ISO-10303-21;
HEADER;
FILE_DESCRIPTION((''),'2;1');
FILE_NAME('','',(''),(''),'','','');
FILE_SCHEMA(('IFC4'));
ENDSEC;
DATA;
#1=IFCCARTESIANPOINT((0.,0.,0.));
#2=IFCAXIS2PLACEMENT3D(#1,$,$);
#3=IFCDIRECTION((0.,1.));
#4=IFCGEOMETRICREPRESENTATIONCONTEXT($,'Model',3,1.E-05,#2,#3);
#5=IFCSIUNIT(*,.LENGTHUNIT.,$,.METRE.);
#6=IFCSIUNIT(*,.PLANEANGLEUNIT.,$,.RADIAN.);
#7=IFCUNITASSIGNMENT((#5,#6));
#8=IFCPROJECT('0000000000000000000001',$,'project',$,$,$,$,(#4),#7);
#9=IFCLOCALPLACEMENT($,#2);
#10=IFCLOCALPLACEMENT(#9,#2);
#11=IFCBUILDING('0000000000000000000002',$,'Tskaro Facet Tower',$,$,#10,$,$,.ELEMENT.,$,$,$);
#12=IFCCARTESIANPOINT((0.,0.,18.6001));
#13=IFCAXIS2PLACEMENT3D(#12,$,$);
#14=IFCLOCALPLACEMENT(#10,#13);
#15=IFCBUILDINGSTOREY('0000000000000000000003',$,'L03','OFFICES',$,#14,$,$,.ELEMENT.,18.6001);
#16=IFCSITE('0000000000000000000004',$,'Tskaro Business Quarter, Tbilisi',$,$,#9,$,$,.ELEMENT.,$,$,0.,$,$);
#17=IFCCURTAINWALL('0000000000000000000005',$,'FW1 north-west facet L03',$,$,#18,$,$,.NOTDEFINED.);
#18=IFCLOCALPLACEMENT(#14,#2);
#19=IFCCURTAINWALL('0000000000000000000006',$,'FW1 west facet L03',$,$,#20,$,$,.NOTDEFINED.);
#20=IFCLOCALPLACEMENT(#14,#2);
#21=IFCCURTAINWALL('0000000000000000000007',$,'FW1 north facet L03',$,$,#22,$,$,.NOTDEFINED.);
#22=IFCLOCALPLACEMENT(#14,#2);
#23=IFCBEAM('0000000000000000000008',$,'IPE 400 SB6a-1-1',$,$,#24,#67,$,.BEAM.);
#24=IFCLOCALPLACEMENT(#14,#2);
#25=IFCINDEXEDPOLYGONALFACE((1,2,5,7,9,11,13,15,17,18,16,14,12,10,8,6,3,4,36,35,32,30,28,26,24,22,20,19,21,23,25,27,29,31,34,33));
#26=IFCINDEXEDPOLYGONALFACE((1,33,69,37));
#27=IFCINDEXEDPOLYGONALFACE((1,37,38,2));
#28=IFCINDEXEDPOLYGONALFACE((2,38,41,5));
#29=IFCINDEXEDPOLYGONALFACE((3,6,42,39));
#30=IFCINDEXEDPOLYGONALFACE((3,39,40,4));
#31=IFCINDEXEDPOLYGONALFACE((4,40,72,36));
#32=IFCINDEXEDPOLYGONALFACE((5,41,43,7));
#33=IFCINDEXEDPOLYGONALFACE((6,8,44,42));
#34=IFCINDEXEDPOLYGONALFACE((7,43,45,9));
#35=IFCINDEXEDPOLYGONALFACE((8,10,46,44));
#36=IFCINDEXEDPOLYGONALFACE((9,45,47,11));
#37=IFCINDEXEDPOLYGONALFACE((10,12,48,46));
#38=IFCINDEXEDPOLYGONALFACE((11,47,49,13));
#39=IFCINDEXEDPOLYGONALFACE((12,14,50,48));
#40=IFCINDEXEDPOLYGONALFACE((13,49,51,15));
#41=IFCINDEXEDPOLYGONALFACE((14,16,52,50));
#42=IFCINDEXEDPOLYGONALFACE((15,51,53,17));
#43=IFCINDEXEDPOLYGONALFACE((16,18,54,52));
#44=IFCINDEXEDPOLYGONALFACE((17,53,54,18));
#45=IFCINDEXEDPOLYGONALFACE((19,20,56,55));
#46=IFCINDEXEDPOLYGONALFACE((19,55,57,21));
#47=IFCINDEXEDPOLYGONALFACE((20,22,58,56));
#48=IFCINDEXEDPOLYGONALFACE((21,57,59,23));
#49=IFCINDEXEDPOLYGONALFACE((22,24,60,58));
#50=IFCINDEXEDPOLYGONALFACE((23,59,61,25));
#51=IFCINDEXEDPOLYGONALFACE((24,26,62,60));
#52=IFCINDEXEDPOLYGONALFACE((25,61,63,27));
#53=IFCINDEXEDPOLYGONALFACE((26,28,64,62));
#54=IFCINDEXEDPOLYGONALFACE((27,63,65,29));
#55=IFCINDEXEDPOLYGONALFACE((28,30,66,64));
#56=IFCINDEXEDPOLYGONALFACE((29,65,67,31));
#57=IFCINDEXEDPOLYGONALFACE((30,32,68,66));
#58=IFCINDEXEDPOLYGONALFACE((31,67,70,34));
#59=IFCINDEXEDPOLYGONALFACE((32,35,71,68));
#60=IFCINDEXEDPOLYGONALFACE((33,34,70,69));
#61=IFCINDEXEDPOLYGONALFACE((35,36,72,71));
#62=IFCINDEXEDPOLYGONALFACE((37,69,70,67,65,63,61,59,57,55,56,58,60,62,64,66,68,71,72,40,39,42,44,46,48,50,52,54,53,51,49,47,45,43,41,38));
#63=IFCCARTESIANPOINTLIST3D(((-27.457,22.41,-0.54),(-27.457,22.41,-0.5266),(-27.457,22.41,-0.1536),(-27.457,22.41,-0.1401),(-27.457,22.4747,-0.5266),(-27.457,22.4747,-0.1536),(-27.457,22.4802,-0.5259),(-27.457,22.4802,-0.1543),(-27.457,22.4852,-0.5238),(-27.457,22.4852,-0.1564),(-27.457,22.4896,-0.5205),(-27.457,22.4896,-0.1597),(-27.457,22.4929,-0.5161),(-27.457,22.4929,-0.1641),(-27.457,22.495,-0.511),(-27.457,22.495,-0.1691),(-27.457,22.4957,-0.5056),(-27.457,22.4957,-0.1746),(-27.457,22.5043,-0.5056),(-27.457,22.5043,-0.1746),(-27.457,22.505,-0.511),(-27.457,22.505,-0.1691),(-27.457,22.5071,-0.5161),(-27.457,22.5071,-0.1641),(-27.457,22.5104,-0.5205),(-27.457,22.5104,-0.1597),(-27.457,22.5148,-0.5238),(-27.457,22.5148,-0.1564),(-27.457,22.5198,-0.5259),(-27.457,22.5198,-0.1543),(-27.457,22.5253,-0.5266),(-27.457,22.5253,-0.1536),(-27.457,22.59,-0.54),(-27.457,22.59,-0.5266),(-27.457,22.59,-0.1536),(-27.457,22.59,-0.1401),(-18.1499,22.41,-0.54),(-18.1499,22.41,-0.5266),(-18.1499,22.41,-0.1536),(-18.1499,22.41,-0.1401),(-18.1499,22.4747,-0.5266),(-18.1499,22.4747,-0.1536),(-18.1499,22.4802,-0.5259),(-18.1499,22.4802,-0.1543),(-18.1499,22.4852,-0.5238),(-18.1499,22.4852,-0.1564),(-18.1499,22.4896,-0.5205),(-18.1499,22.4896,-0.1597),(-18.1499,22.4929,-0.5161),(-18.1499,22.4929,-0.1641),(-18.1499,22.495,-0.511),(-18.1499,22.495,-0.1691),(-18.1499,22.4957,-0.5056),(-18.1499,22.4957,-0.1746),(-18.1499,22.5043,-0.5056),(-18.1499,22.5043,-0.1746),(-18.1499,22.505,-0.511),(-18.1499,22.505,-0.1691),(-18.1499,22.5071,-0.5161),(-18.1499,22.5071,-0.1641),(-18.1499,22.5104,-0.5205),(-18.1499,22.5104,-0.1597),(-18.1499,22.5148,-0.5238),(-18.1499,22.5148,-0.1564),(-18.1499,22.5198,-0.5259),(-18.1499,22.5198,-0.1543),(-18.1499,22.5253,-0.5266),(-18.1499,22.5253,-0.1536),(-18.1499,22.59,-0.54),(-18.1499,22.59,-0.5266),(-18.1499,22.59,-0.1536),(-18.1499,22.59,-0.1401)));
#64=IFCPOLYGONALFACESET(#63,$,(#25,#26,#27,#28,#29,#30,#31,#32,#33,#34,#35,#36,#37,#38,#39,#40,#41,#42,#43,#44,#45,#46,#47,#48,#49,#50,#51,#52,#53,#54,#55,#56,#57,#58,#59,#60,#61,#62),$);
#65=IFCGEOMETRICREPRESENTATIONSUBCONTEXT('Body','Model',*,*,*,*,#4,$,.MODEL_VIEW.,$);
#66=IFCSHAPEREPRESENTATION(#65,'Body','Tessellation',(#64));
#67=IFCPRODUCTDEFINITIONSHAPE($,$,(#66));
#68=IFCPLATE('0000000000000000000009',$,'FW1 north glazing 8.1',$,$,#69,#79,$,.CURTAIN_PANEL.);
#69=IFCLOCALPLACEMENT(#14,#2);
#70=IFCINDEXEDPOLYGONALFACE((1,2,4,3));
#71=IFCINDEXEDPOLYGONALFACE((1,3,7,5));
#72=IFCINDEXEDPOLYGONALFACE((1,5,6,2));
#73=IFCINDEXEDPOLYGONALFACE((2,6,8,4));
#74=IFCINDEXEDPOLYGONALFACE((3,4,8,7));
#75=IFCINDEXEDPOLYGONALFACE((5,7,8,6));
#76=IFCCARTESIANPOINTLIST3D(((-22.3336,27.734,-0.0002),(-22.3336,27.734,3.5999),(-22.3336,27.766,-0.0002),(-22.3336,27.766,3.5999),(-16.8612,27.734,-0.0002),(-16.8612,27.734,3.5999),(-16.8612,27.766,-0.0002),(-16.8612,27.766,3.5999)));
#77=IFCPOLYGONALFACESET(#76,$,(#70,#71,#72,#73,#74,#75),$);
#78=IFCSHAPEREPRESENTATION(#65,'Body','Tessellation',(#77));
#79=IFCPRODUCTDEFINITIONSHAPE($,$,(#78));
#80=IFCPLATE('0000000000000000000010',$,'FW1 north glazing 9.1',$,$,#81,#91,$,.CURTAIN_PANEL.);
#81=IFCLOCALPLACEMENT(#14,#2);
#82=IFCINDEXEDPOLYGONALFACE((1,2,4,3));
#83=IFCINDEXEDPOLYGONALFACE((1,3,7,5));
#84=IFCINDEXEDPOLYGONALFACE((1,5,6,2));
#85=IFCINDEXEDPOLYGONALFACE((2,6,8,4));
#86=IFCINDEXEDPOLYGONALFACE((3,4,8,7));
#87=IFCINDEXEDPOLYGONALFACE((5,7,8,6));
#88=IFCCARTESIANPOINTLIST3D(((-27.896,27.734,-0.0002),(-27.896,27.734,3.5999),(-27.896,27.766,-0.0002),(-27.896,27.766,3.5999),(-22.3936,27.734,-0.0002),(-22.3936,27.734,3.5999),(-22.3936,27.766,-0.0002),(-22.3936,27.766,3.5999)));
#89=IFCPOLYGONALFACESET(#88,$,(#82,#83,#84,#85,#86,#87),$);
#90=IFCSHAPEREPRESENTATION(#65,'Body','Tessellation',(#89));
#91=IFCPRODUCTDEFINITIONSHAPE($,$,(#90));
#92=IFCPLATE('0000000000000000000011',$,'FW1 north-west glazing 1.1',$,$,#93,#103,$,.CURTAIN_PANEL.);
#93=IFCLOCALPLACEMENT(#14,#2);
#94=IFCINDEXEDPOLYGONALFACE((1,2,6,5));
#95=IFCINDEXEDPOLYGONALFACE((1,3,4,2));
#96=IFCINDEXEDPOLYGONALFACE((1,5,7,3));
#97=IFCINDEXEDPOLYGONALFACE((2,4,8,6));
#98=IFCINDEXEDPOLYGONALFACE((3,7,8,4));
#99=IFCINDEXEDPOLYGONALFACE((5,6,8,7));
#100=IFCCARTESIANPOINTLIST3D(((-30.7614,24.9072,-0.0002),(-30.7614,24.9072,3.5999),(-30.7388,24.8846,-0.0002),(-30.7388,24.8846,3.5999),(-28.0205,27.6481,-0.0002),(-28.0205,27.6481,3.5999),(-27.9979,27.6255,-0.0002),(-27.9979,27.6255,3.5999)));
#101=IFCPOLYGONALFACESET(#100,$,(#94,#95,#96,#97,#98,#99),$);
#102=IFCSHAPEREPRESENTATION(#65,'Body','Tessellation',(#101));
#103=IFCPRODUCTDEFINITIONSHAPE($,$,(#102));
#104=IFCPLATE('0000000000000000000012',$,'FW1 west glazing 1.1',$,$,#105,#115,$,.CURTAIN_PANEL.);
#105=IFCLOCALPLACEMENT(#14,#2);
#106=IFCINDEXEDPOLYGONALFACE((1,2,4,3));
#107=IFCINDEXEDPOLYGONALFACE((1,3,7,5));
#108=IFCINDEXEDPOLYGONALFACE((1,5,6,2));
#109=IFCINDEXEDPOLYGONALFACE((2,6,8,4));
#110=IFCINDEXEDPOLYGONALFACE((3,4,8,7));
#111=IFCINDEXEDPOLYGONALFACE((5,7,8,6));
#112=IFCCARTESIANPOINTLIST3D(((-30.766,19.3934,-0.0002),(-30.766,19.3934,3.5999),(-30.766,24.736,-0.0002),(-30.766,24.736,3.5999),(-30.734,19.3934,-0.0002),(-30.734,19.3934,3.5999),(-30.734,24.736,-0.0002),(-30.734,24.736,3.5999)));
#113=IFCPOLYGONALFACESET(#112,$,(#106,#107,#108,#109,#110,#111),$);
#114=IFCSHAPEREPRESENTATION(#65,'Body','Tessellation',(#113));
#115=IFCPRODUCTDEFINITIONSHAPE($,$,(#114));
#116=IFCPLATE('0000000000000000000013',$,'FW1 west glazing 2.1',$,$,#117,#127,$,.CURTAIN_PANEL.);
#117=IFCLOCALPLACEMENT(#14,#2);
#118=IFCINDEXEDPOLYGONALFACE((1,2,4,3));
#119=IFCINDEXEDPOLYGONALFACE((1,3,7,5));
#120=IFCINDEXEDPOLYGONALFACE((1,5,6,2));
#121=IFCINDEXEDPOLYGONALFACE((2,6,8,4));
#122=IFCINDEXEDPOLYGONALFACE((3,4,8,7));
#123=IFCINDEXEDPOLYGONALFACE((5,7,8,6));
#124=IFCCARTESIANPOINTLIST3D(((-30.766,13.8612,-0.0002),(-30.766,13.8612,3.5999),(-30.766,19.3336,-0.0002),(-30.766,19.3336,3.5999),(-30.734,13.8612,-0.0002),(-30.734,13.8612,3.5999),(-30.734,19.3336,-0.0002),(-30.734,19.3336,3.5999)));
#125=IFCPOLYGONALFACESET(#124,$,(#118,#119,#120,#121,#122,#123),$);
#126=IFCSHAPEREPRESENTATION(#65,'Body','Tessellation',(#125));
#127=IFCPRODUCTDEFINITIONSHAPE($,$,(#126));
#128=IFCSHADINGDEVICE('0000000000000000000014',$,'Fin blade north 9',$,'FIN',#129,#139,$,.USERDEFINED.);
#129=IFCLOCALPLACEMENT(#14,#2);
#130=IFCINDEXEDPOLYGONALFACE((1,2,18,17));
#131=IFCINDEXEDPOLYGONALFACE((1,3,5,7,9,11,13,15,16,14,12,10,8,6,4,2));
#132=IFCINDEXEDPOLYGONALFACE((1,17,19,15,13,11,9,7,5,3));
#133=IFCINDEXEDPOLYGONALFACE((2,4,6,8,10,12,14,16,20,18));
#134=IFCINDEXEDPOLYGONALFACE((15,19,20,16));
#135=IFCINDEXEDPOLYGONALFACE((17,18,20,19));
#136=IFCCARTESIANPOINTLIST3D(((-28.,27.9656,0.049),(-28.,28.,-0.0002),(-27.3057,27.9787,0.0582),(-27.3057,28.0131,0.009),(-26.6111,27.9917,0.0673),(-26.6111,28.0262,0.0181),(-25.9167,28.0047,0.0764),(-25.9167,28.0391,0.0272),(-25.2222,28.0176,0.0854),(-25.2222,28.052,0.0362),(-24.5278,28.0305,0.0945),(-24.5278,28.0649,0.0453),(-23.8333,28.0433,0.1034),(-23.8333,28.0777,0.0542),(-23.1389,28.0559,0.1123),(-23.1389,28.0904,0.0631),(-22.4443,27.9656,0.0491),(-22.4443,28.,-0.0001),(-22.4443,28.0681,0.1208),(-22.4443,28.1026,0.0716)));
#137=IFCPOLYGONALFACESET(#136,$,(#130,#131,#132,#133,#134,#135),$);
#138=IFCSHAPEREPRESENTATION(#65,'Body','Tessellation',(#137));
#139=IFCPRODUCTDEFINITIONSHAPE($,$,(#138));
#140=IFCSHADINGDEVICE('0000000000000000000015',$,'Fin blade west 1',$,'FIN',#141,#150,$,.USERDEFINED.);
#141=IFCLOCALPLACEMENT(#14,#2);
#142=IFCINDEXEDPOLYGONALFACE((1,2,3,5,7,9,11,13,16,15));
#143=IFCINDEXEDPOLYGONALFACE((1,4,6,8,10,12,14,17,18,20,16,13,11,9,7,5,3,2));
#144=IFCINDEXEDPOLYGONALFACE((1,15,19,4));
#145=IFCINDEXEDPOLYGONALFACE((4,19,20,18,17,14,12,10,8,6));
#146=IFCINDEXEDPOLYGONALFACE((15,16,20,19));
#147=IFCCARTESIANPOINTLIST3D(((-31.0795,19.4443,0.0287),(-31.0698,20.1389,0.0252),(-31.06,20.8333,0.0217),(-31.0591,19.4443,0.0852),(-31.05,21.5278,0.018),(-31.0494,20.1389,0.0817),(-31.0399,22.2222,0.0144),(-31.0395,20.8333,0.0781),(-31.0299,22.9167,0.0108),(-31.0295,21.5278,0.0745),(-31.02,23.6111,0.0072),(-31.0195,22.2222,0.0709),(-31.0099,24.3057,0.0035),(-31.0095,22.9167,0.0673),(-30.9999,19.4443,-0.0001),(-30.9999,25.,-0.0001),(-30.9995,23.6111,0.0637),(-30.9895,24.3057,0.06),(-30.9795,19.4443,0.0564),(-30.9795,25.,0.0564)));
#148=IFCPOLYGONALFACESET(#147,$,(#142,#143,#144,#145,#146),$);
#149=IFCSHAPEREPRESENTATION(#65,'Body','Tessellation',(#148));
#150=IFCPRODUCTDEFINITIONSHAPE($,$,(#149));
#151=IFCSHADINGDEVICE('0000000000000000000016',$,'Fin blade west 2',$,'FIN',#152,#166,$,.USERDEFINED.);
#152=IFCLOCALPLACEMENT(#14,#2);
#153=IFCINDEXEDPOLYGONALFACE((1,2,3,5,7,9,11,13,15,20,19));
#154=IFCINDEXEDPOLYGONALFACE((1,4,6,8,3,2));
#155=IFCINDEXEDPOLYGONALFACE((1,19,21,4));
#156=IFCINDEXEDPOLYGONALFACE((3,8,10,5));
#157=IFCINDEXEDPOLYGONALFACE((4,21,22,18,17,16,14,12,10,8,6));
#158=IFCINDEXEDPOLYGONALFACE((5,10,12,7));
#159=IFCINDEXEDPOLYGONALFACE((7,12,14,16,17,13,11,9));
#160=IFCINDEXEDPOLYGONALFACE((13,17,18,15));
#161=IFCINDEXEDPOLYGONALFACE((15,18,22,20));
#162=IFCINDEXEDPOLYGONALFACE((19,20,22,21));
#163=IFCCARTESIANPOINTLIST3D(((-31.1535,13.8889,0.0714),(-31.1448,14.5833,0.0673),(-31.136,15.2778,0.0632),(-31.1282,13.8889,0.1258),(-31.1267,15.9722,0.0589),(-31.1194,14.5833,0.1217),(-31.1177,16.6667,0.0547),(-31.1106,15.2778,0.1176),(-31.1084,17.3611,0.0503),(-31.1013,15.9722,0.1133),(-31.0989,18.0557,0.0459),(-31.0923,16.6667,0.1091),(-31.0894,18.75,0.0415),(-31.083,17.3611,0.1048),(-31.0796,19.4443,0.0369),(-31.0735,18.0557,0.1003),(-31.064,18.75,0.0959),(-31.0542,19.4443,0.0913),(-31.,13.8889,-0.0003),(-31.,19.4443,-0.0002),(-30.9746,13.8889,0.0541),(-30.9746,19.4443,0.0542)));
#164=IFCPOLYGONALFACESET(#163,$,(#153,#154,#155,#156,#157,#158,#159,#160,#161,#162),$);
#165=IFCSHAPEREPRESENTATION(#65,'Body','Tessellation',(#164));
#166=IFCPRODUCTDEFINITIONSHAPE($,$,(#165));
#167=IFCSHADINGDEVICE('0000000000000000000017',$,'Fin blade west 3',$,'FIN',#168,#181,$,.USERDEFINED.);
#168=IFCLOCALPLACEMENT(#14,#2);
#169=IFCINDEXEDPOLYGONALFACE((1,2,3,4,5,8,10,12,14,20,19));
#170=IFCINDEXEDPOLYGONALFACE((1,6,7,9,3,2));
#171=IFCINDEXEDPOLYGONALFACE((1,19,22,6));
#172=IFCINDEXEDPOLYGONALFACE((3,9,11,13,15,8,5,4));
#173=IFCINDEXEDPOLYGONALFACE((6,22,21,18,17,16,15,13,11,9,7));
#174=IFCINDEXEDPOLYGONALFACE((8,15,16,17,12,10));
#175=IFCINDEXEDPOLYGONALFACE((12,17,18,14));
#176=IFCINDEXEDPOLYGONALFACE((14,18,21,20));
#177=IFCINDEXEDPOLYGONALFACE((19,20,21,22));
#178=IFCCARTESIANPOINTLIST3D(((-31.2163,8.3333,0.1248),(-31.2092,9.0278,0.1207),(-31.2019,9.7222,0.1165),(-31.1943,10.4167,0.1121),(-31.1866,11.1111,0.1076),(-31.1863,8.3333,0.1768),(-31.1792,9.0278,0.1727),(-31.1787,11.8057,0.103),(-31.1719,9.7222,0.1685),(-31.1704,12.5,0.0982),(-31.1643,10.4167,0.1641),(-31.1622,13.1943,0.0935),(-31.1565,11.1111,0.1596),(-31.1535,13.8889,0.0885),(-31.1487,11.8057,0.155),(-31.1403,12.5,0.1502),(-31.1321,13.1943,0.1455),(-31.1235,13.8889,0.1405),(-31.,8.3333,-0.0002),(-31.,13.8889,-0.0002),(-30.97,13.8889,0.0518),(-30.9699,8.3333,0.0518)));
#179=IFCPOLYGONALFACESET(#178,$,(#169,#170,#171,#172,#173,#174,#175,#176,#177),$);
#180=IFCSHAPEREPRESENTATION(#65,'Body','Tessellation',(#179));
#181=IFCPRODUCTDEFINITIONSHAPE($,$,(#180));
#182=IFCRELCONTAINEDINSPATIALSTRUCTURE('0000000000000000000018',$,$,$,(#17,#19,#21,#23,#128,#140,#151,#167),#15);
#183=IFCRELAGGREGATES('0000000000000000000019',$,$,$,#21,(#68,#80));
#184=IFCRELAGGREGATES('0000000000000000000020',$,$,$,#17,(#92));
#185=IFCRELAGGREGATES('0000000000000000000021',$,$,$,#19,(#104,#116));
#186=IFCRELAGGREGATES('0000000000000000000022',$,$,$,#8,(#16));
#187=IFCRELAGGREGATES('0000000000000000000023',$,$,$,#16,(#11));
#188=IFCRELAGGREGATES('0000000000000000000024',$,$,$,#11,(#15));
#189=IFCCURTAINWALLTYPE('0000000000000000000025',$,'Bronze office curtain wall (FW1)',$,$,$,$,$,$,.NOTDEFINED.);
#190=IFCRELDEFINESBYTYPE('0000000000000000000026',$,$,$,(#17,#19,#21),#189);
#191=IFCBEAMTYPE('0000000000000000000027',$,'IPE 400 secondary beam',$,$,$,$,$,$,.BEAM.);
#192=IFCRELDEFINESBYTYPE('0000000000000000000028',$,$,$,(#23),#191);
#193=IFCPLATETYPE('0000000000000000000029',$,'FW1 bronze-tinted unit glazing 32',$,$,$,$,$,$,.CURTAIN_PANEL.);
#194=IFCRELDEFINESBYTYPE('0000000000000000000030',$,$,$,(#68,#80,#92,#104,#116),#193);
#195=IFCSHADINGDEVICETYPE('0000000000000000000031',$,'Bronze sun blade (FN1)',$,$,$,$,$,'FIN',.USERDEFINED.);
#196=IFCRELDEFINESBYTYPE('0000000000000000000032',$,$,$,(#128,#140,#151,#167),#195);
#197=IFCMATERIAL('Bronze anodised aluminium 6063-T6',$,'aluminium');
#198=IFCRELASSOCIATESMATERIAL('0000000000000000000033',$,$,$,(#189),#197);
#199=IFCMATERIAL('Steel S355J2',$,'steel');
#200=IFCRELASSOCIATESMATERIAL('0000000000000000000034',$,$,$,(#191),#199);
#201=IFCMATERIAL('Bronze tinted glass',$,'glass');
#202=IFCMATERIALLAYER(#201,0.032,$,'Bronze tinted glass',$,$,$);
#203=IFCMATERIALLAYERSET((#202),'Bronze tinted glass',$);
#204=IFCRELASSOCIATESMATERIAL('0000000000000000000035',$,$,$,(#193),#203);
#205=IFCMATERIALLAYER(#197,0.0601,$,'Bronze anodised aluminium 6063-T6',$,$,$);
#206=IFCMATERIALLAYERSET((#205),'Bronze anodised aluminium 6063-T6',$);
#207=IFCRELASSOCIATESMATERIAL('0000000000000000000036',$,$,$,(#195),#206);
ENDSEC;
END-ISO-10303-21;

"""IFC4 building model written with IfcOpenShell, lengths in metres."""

from ifc_helpers import new_model, si_unit, direction, frame, origin, origin_2d, place, context, subcontext, project, spatial, polyline, rectangle, i_section, outline, extrude, material, layer, layer_set, material_profile, profile_set, type_object, element, aggregate, save


model = new_model("IFC4")

# Units and contexts
model_context = context("Model", 3, precision=1e-05, world=origin(), true_north=direction((0.0, 1.0)))
body_context = subcontext(model_context, "Body", "Model", "MODEL_VIEW")
ifc_project = project(units=[si_unit("LENGTHUNIT", "METRE"), si_unit("PLANEANGLEUNIT", "RADIAN")], contexts=[model_context])

# Site, building, storey
site_placement = place(None, origin())
site = spatial("IfcSite", under=ifc_project, at=site_placement, Name="Tskaro Business Quarter, Tbilisi", CompositionType="ELEMENT", RefElevation=0.0)
building_placement = place(site_placement, origin())
building = spatial("IfcBuilding", under=site, at=building_placement, Name="Tskaro Facet Tower", CompositionType="ELEMENT")
storey_placement = place(building_placement, frame((0.0, 0.0, 18.6001)))
storey = spatial("IfcBuildingStorey", under=building, at=storey_placement, Name="L03", Description="OFFICES", CompositionType="ELEMENT", Elevation=18.6001)

# Curtain walls
ifc_material_1 = material(Name="Bronze anodised aluminium 6063-T6", Category="aluminium")
curtain_wall_type = type_object("IfcCurtainWallType", Name="Bronze office curtain wall (FW1)", PredefinedType="NOTDEFINED", material=ifc_material_1)
curtain_wall_1_placement = place(storey_placement, origin())
curtain_wall_1 = element("IfcCurtainWall", 1, at=curtain_wall_1_placement, inside=storey, type_object=curtain_wall_type, Name="FW1 north-west facet L03", PredefinedType="NOTDEFINED")
curtain_wall_2_placement = place(storey_placement, origin())
curtain_wall_2 = element("IfcCurtainWall", 2, at=curtain_wall_2_placement, inside=storey, type_object=curtain_wall_type, Name="FW1 west facet L03", PredefinedType="NOTDEFINED")
curtain_wall_3_placement = place(storey_placement, origin())
curtain_wall_3 = element("IfcCurtainWall", 3, at=curtain_wall_3_placement, inside=storey, type_object=curtain_wall_type, Name="FW1 north facet L03", PredefinedType="NOTDEFINED")

# Beam
ifc_material_2 = material(Name="Steel S355J2", Category="steel")
ifc_material_profile_1 = material_profile(ifc_material_2, i_section(OverallWidth=0.1799, OverallDepth=0.3999, WebThickness=0.0085, FlangeThickness=0.0134, FilletRadius=0.021, at=origin_2d()), Name="IPE 400")
ifc_profile_set_1 = profile_set([ifc_material_profile_1], Name="Steel S355J2")
beam_type_1 = type_object("IfcBeamType", Name="IPE 400 secondary beam", PredefinedType="BEAM", material=ifc_profile_set_1)
beam_1_placement = place(storey_placement, frame((-27.457, 22.5, -0.3401), z_axis=(1.0, 0.0, 0.0), x_axis=(0.0, 1.0, 0.0)))
element("IfcBeam", 4, at=beam_1_placement, inside=storey, type_object=beam_type_1, Name="IPE 400 SB6a-1-1", PredefinedType="BEAM", context=body_context, shape_type="SweptSolid", body=[
    extrude(i_section(OverallWidth=0.1799, OverallDepth=0.3999, WebThickness=0.0085, FlangeThickness=0.0134, FilletRadius=0.021, at=origin_2d()), origin(), (0.0, 0.0, 1.0), 9.3071),
])

# Plates
ifc_material_3 = material(Name="Bronze tinted glass", Category="glass")
ifc_layer_1 = layer(ifc_material_3, 0.032, Name="Bronze tinted glass")
ifc_layer_set_1 = layer_set([ifc_layer_1], Name="Bronze tinted glass")
plate_type = type_object("IfcPlateType", Name="FW1 bronze-tinted unit glazing 32", PredefinedType="CURTAIN_PANEL", material=ifc_layer_set_1)
plate_1_placement = place(storey_placement, frame((-19.5974, 27.75, -0.0002), z_axis=(0.0, 0.0, 1.0), x_axis=(-1.0, 0.0, 0.0)))
plate_1 = element("IfcPlate", 5, at=plate_1_placement, type_object=plate_type, Name="FW1 north glazing 8.1", PredefinedType="CURTAIN_PANEL", context=body_context, shape_type="SweptSolid", body=[
    extrude(rectangle(XDim=5.4724, YDim=0.032, at=origin_2d()), origin(), (0.0, 0.0, 1.0), 3.6001),
])
plate_2_placement = place(storey_placement, frame((-25.1448, 27.75, -0.0002), z_axis=(0.0, 0.0, 1.0), x_axis=(-1.0, 0.0, 0.0)))
plate_2 = element("IfcPlate", 6, at=plate_2_placement, type_object=plate_type, Name="FW1 north glazing 9.1", PredefinedType="CURTAIN_PANEL", context=body_context, shape_type="SweptSolid", body=[
    extrude(rectangle(XDim=5.5024, YDim=0.032, at=origin_2d()), origin(), (0.0, 0.0, 1.0), 3.6001),
])
aggregate(curtain_wall_3, [plate_1, plate_2])
plate_3_placement = place(storey_placement, frame((-29.3796, 26.2664, -0.0002), z_axis=(0.0, 0.0, 1.0), x_axis=(-0.707107, -0.707107, 0.0)))
plate_3 = element("IfcPlate", 7, at=plate_3_placement, type_object=plate_type, Name="FW1 north-west glazing 1.1", PredefinedType="CURTAIN_PANEL", context=body_context, shape_type="SweptSolid", body=[
    extrude(rectangle(XDim=3.8762, YDim=0.032, at=origin_2d()), origin(), (0.0, 0.0, 1.0), 3.6001),
])
aggregate(curtain_wall_1, [plate_3])
plate_4_placement = place(storey_placement, frame((-30.75, 22.0647, -0.0002), z_axis=(0.0, 0.0, 1.0), x_axis=(0.0, -1.0, 0.0)))
plate_4 = element("IfcPlate", 8, at=plate_4_placement, type_object=plate_type, Name="FW1 west glazing 1.1", PredefinedType="CURTAIN_PANEL", context=body_context, shape_type="SweptSolid", body=[
    extrude(rectangle(XDim=5.3425, YDim=0.032, at=origin_2d()), origin(), (0.0, 0.0, 1.0), 3.6001),
])
plate_5_placement = place(storey_placement, frame((-30.75, 16.5974, -0.0002), z_axis=(0.0, 0.0, 1.0), x_axis=(0.0, -1.0, 0.0)))
plate_5 = element("IfcPlate", 9, at=plate_5_placement, type_object=plate_type, Name="FW1 west glazing 2.1", PredefinedType="CURTAIN_PANEL", context=body_context, shape_type="SweptSolid", body=[
    extrude(rectangle(XDim=5.4724, YDim=0.032, at=origin_2d()), origin(), (0.0, 0.0, 1.0), 3.6001),
])
aggregate(curtain_wall_2, [plate_4, plate_5])

# Shading devices
ifc_layer_2 = layer(ifc_material_1, 0.0601, Name="Bronze anodised aluminium 6063-T6")
ifc_layer_set_2 = layer_set([ifc_layer_2], Name="Bronze anodised aluminium 6063-T6")
shading_device_type = type_object("IfcShadingDeviceType", Name="Bronze sun blade (FN1)", ElementType="FIN", PredefinedType="USERDEFINED", material=ifc_layer_set_2)
shading_device_1_placement = place(storey_placement, frame((-22.4443, 27.9656, 0.0491), z_axis=(-0.000006, -0.573268, 0.819368), x_axis=(-1.0, 0.000003, -0.000005)))
element("IfcShadingDevice", 10, at=shading_device_1_placement, inside=storey, type_object=shading_device_type, Name="Fin blade north 9", ObjectType="FIN", PredefinedType="USERDEFINED", context=body_context, shape_type="SweptSolid", body=[
    extrude(outline(polyline([(0.0, 0.0), (5.5557, 0.0), (4.8613, -0.016), (4.1667, -0.0319), (3.4724, -0.0477), (2.7778, -0.0635), (2.0835, -0.0792), (1.3889, -0.0948), (0.6946, -0.1103), (0.0, -0.1252), (0.0, 0.0)])), origin(), (0.0, 0.0, -1.0), 0.0601),
])
shading_device_2_placement = place(storey_placement, frame((-30.9795, 25.0, 0.0564), z_axis=(0.340244, 0.000002, 0.940337), x_axis=(0.000001, -1.0, 0.000002)))
element("IfcShadingDevice", 11, at=shading_device_2_placement, inside=storey, type_object=shading_device_type, Name="Fin blade west 1", ObjectType="FIN", PredefinedType="USERDEFINED", context=body_context, shape_type="SweptSolid", body=[
    extrude(outline(polyline([(0.0, 0.0), (5.5557, 0.0), (5.5557, -0.0846), (4.8611, -0.0743), (4.1667, -0.0639), (3.4722, -0.0532), (2.7778, -0.0426), (2.0833, -0.0319), (1.3889, -0.0213), (0.6943, -0.0107), (0.0, 0.0)])), origin(), (0.0, 0.0, -1.0), 0.0601),
])
shading_device_3_placement = place(storey_placement, frame((-30.9746, 19.4443, 0.0542), z_axis=(0.42286, -0.000012, 0.906195), x_axis=(-0.000005, -1.0, -0.000011)))
element("IfcShadingDevice", 12, at=shading_device_3_placement, inside=storey, type_object=shading_device_type, Name="Fin blade west 2", ObjectType="FIN", PredefinedType="USERDEFINED", context=body_context, shape_type="SweptSolid", body=[
    extrude(outline(polyline([(0.0, 0.0), (5.5554, 0.0), (5.5554, -0.1694), (4.8611, -0.1598), (4.1665, -0.1501), (3.4722, -0.1398), (2.7776, -0.1299), (2.0833, -0.1196), (1.3887, -0.1091), (0.6943, -0.0986), (0.0, -0.0878), (0.0, 0.0)])), origin(), (0.0, 0.0, -1.0), 0.0601),
])
shading_device_4_placement = place(storey_placement, frame((-30.97, 13.8889, 0.0518), z_axis=(0.500347, 0.000008, 0.865825), x_axis=(0.000004, -1.0, 0.000007)))
element("IfcShadingDevice", 13, at=shading_device_4_placement, inside=storey, type_object=shading_device_type, Name="Fin blade west 3", ObjectType="FIN", PredefinedType="USERDEFINED", context=body_context, shape_type="SweptSolid", body=[
    extrude(outline(polyline([(0.0, 0.0), (5.5557, 0.0), (5.5557, -0.2498), (4.8611, -0.2416), (4.1667, -0.2332), (3.4722, -0.2245), (2.7778, -0.2155), (2.0833, -0.2064), (1.3889, -0.1968), (0.6946, -0.1873), (0.0, -0.1773), (0.0, 0.0)])), origin(), (0.0, 0.0, -1.0), 0.0601),
])

save(model, "model.ifc")
